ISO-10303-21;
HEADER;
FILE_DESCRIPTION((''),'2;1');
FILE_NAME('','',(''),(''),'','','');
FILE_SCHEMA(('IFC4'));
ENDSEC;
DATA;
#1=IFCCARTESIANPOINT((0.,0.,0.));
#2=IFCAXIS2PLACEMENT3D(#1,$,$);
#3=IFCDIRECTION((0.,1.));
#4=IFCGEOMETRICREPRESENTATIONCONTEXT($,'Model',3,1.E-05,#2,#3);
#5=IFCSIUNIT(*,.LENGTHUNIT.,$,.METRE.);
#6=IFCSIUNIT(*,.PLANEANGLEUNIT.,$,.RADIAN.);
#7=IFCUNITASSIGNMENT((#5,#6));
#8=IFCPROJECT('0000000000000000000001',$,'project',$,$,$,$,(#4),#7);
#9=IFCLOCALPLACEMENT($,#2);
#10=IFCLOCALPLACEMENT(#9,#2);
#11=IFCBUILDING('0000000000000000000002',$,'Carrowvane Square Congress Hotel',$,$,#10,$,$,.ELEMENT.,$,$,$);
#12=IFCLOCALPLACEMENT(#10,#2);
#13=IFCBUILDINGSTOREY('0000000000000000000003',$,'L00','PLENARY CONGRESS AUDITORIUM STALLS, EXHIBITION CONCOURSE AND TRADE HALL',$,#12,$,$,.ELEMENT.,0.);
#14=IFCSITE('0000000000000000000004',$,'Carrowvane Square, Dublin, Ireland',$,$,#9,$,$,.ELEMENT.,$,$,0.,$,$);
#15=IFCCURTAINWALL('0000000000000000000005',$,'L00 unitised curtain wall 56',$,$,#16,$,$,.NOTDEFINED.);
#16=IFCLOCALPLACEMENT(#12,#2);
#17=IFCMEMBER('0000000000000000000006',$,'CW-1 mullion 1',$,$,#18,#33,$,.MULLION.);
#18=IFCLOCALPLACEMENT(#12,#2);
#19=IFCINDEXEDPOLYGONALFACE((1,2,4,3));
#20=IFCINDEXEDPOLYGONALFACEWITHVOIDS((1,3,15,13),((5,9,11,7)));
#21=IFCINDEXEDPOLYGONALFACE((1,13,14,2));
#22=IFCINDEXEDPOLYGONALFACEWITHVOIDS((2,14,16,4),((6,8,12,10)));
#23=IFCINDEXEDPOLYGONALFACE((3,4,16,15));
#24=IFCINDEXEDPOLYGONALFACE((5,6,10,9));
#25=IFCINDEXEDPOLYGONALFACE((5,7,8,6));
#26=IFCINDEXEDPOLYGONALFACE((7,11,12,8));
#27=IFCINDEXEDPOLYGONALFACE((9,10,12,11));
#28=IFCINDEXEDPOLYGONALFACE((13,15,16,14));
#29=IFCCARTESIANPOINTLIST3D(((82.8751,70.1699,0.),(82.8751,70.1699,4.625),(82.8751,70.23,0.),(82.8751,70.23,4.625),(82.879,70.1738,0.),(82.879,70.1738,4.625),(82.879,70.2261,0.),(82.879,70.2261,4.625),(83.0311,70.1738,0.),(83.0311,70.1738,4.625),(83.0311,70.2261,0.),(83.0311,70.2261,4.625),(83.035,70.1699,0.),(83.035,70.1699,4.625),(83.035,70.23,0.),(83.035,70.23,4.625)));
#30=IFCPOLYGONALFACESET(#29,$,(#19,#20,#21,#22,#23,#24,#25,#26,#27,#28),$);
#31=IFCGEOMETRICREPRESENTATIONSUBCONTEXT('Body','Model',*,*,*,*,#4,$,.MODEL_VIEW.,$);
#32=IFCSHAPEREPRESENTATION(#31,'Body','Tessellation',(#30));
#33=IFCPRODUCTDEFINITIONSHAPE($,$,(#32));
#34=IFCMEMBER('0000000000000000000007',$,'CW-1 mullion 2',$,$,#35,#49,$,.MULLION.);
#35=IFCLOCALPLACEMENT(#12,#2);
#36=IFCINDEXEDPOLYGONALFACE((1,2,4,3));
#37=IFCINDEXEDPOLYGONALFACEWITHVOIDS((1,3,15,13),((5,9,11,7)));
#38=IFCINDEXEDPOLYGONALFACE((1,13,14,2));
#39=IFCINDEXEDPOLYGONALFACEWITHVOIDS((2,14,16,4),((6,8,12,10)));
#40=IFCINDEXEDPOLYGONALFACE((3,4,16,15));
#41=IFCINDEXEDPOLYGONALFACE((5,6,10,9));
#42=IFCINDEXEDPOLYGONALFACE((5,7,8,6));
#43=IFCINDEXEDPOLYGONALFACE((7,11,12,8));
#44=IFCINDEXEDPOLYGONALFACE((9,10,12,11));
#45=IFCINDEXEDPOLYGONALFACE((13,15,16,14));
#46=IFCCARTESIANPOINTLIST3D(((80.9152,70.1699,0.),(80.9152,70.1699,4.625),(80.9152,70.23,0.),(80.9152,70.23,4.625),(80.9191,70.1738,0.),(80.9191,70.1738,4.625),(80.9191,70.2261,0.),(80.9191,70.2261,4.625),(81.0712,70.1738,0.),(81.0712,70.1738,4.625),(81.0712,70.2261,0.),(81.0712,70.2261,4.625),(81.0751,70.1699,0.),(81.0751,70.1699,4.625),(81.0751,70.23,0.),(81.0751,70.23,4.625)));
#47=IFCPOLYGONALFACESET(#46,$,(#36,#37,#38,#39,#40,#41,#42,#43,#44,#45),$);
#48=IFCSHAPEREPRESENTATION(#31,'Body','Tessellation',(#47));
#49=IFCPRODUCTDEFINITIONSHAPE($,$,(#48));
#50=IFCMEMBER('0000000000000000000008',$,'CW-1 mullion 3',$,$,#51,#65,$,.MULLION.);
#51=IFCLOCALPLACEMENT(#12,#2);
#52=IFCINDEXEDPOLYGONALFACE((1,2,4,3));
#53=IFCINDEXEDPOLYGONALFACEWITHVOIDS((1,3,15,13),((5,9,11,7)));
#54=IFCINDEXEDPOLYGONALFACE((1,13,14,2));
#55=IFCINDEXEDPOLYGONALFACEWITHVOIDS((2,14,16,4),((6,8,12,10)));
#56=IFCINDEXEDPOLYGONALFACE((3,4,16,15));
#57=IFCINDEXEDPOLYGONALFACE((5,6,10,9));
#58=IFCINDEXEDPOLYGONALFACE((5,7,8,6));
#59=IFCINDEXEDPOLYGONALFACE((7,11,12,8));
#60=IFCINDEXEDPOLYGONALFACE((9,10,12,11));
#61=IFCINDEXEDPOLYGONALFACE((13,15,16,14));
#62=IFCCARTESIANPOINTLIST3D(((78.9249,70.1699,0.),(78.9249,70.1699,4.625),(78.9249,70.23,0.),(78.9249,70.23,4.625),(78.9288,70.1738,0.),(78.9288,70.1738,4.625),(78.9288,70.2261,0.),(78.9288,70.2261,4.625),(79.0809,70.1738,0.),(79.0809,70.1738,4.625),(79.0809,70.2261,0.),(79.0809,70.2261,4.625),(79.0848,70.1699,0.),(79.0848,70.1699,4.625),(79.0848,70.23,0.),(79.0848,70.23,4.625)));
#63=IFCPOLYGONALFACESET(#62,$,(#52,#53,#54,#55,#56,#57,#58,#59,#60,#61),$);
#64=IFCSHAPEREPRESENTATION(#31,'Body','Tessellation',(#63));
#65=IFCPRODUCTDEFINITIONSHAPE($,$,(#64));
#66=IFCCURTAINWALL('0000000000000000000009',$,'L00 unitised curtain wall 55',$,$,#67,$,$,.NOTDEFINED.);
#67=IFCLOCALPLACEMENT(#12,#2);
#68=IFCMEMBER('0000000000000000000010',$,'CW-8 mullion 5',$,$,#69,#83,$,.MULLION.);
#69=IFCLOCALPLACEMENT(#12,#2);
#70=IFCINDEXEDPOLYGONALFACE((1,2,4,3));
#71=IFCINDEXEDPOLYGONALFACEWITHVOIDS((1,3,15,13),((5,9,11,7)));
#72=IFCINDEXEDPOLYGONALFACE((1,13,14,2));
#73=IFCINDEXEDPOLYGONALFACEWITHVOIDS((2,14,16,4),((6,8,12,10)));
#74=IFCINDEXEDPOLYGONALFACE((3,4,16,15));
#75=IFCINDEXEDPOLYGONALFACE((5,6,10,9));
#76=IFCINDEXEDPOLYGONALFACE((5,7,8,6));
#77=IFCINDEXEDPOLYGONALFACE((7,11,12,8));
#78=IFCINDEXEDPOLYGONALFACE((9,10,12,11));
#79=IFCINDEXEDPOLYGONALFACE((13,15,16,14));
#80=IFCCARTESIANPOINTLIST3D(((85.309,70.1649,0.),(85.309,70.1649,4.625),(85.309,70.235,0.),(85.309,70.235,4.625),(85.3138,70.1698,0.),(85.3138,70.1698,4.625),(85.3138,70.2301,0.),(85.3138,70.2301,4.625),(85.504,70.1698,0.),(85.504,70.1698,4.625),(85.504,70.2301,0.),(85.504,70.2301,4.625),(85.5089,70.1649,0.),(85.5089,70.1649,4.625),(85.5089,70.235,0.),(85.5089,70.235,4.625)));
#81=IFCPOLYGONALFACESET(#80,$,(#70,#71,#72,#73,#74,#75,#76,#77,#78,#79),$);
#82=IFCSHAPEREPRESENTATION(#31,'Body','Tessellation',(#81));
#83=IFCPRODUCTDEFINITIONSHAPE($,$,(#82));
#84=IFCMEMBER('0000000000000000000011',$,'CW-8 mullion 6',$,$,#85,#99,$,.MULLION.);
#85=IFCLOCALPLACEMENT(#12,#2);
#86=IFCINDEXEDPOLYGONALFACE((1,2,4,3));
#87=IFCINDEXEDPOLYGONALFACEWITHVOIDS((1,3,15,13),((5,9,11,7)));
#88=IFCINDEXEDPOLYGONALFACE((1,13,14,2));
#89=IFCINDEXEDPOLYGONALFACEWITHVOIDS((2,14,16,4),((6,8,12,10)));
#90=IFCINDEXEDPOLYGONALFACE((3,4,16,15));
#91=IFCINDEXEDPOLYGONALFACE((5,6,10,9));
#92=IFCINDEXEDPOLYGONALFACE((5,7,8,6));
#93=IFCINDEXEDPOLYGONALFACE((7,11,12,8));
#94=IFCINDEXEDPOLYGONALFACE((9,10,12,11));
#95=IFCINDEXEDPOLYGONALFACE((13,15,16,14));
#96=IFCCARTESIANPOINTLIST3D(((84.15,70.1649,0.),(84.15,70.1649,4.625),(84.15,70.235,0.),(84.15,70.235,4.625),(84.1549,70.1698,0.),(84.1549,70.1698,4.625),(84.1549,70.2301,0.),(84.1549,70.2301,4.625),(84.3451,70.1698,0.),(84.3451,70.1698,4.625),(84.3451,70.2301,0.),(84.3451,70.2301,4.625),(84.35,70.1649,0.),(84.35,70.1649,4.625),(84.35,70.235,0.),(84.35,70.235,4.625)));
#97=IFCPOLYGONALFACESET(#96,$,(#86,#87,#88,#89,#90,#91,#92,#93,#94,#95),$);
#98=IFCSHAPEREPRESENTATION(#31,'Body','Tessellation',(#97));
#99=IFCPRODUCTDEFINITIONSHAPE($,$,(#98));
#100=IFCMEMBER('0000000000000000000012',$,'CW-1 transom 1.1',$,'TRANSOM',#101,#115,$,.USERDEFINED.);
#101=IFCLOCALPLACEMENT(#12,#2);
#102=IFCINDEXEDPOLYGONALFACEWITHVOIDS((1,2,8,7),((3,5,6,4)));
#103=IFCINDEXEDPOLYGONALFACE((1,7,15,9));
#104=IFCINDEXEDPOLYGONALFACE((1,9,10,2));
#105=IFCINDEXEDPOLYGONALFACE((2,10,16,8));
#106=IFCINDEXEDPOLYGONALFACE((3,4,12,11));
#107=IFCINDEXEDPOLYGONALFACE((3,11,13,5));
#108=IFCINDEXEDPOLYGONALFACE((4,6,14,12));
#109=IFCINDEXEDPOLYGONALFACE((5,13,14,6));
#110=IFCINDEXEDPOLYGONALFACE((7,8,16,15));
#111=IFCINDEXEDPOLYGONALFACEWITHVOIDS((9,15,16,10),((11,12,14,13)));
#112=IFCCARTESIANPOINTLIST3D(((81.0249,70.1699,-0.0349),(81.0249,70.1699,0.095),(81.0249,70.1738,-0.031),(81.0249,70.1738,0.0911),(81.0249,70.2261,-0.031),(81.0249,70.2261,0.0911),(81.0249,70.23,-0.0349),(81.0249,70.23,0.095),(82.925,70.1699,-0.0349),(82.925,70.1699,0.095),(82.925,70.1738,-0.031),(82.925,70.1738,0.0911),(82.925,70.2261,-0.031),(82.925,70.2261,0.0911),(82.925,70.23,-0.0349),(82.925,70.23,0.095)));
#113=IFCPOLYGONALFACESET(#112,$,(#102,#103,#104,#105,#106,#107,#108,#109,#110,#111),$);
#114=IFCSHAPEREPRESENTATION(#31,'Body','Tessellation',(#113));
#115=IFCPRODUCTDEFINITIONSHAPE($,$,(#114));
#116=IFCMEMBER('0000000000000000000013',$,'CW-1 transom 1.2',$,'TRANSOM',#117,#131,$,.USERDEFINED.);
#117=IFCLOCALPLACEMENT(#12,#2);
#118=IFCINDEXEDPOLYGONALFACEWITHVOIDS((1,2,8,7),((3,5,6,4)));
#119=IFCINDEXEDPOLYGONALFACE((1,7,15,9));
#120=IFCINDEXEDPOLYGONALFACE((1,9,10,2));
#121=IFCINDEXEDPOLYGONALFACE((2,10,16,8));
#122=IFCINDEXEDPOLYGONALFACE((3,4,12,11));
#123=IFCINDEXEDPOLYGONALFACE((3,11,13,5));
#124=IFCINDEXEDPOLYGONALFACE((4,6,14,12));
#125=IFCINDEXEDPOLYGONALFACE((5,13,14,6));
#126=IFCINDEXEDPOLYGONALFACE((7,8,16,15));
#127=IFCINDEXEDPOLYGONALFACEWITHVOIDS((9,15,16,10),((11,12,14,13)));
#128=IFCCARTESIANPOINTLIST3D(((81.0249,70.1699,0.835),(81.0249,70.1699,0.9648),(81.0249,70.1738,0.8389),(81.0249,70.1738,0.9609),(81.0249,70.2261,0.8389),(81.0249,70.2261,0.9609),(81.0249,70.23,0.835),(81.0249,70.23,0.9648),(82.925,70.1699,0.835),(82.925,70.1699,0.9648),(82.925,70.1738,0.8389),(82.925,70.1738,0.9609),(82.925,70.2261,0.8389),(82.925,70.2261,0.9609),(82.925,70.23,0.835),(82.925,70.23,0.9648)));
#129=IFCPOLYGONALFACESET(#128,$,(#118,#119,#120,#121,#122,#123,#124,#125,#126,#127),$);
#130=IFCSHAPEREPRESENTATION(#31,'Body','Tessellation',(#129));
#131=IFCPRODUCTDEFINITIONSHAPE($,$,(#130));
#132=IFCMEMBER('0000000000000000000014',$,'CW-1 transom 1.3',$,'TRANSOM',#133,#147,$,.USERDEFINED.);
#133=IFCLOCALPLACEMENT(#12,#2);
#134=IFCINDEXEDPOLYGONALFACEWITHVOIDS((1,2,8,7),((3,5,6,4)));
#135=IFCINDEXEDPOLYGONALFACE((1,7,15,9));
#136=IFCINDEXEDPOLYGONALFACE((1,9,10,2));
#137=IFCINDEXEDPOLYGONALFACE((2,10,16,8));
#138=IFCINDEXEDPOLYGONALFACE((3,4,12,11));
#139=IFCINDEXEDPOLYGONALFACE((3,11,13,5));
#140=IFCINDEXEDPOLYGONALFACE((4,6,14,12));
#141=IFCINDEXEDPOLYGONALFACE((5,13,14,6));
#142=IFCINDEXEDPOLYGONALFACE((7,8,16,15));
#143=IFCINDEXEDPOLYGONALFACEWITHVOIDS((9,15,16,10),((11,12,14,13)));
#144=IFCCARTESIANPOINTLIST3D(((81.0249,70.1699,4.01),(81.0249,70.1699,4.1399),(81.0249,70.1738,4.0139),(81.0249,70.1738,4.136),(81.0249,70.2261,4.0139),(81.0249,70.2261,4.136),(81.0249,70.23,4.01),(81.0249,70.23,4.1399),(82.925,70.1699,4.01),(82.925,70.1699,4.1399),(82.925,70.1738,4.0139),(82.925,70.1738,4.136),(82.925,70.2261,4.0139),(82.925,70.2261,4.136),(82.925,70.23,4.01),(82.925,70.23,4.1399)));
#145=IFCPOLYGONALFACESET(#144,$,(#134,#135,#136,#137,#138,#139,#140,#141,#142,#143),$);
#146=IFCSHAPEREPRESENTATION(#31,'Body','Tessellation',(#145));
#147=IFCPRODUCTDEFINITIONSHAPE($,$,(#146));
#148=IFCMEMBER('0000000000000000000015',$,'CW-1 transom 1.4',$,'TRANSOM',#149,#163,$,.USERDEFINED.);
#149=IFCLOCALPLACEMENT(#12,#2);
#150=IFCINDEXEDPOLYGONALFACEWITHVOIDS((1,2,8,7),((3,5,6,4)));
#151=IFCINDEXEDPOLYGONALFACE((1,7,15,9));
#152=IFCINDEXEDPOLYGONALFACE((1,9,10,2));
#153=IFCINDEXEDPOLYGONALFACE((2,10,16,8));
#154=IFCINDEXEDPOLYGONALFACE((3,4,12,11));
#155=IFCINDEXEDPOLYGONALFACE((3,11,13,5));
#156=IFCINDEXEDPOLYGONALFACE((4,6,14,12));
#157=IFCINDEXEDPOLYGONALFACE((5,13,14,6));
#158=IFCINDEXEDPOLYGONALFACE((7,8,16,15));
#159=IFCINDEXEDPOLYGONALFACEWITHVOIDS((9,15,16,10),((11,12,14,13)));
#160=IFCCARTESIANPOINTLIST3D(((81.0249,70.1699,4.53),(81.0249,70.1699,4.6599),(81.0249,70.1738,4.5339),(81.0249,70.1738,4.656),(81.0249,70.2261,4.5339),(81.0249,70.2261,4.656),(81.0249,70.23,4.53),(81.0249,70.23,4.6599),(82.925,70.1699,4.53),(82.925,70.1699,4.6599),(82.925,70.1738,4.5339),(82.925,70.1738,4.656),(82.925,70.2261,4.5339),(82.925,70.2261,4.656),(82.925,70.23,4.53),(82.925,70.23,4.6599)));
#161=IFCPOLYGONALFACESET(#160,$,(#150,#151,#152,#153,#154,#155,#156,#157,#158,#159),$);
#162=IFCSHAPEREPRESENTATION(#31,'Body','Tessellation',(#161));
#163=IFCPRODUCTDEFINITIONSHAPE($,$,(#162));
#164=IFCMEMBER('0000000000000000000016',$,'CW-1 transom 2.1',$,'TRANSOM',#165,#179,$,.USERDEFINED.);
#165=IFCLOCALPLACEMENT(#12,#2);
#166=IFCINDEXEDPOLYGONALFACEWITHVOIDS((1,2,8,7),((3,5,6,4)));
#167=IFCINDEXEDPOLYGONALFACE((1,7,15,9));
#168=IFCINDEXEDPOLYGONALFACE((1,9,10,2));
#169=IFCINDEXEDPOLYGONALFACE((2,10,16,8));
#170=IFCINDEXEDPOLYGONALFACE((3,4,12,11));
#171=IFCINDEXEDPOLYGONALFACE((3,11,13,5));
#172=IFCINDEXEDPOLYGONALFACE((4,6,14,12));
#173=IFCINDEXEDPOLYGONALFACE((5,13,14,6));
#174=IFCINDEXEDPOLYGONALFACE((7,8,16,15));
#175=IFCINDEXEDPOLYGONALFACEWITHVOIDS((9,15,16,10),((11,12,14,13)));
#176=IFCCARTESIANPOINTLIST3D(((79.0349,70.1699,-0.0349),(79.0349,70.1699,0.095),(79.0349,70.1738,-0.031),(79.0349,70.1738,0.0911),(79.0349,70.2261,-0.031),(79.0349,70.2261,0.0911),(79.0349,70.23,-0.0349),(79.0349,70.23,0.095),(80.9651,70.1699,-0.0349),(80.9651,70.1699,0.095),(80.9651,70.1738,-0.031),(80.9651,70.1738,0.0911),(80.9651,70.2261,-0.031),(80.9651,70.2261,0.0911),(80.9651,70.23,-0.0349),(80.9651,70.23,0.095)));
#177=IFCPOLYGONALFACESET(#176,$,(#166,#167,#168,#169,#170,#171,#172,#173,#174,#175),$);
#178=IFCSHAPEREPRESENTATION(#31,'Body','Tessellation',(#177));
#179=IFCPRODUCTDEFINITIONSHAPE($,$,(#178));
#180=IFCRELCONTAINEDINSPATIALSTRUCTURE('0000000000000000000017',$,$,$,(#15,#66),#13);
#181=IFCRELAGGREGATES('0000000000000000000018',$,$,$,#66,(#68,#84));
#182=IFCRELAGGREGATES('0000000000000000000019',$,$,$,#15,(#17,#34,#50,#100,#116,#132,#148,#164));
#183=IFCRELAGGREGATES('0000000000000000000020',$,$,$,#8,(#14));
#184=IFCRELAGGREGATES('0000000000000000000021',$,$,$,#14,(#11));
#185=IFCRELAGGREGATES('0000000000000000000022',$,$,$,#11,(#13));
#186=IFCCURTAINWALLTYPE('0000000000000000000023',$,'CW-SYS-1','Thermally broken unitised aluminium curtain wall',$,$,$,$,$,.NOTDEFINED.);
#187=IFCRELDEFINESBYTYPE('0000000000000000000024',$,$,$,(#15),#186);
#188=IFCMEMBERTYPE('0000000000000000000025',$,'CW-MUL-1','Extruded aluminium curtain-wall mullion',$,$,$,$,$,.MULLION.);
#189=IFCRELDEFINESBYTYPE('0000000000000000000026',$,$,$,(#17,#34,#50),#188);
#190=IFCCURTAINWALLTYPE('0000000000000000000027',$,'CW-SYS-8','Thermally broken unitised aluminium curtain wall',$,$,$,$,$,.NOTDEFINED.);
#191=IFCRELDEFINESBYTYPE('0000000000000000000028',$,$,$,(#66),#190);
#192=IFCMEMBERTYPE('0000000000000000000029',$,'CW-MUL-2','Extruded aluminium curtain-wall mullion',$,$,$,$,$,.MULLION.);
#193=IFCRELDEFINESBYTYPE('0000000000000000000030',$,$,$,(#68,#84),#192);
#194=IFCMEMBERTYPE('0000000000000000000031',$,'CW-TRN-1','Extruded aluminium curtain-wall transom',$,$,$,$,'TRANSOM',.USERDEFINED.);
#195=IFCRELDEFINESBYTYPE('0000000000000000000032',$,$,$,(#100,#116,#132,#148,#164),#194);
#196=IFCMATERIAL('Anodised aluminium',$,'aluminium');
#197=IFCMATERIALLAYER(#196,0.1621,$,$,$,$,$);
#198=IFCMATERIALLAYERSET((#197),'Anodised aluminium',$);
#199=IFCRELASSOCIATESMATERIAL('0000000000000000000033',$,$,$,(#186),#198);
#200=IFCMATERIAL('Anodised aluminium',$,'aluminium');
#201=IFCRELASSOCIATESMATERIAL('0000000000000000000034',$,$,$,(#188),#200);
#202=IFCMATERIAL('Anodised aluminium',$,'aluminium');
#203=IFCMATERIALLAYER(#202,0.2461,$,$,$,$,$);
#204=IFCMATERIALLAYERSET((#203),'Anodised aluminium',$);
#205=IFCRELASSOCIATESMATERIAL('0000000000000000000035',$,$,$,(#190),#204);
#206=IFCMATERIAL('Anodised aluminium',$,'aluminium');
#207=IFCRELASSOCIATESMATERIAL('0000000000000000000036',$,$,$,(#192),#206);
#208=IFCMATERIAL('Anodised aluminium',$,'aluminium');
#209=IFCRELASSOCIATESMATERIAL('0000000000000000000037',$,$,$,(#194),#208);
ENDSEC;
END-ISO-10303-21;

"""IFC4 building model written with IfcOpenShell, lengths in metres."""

from ifc_helpers import new_model, si_unit, direction, frame, origin, origin_2d, place, context, subcontext, project, spatial, hollow_rectangle, extrude, material, layer, layer_set, material_profile, profile_set, type_object, element, aggregate, save


model = new_model("IFC4")

# Units and contexts
model_context = context("Model", 3, precision=1e-05, world=origin(), true_north=direction((0.0, 1.0)))
body_context = subcontext(model_context, "Body", "Model", "MODEL_VIEW")
ifc_project = project(units=[si_unit("LENGTHUNIT", "METRE"), si_unit("PLANEANGLEUNIT", "RADIAN")], contexts=[model_context])

# Site, building, storey
site_placement = place(None, origin())
site = spatial("IfcSite", under=ifc_project, at=site_placement, Name="Carrowvane Square, Dublin, Ireland", CompositionType="ELEMENT", RefElevation=0.0)
building_placement = place(site_placement, origin())
building = spatial("IfcBuilding", under=site, at=building_placement, Name="Carrowvane Square Congress Hotel", CompositionType="ELEMENT")
storey_placement = place(building_placement, origin())
storey = spatial("IfcBuildingStorey", under=building, at=storey_placement, Name="L00", Description="PLENARY CONGRESS AUDITORIUM STALLS, EXHIBITION CONCOURSE AND TRADE HALL", CompositionType="ELEMENT", Elevation=0.0)

# Curtain walls, members
ifc_material_1 = material(Name="Anodised aluminium", Category="aluminium")
ifc_layer_1 = layer(ifc_material_1, 0.1621)
ifc_layer_set_1 = layer_set([ifc_layer_1], Name="Anodised aluminium")
curtain_wall_type_1 = type_object("IfcCurtainWallType", Name="CW-SYS-1", Description="Thermally broken unitised aluminium curtain wall", PredefinedType="NOTDEFINED", material=ifc_layer_set_1)
curtain_wall_1_placement = place(storey_placement, origin())
curtain_wall_1 = element("IfcCurtainWall", 1, at=curtain_wall_1_placement, inside=storey, type_object=curtain_wall_type_1, Name="L00 unitised curtain wall 56", PredefinedType="NOTDEFINED")
ifc_material_2 = material(Name="Anodised aluminium", Category="aluminium")
ifc_material_profile_1 = material_profile(ifc_material_2, hollow_rectangle(XDim=0.0601, YDim=0.1599, WallThickness=0.0039, at=origin_2d()), Name="CW-ML 60x160x4")
ifc_profile_set_1 = profile_set([ifc_material_profile_1], Name="Anodised aluminium")
member_type_1 = type_object("IfcMemberType", Name="CW-MUL-1", Description="Extruded aluminium curtain-wall mullion", PredefinedType="MULLION", material=ifc_profile_set_1)
member_1_placement = place(storey_placement, frame((82.9551, 70.2, 0.0), z_axis=(0.0, 0.0, 1.0), x_axis=(0.0, -1.0, 0.0)))
member_1 = element("IfcMember", 2, at=member_1_placement, type_object=member_type_1, Name="CW-1 mullion 1", PredefinedType="MULLION", context=body_context, shape_type="SweptSolid", body=[
    extrude(hollow_rectangle(XDim=0.0601, YDim=0.1599, WallThickness=0.0039, at=origin_2d()), origin(), (0.0, 0.0, 1.0), 4.625),
])
member_2_placement = place(storey_placement, frame((80.9951, 70.2, 0.0), z_axis=(0.0, 0.0, 1.0), x_axis=(0.0, -1.0, 0.0)))
member_2 = element("IfcMember", 3, at=member_2_placement, type_object=member_type_1, Name="CW-1 mullion 2", PredefinedType="MULLION", context=body_context, shape_type="SweptSolid", body=[
    extrude(hollow_rectangle(XDim=0.0601, YDim=0.1599, WallThickness=0.0039, at=origin_2d()), origin(), (0.0, 0.0, 1.0), 4.625),
])
member_3_placement = place(storey_placement, frame((79.0049, 70.2, 0.0), z_axis=(0.0, 0.0, 1.0), x_axis=(0.0, -1.0, 0.0)))
member_3 = element("IfcMember", 4, at=member_3_placement, type_object=member_type_1, Name="CW-1 mullion 3", PredefinedType="MULLION", context=body_context, shape_type="SweptSolid", body=[
    extrude(hollow_rectangle(XDim=0.0601, YDim=0.1599, WallThickness=0.0039, at=origin_2d()), origin(), (0.0, 0.0, 1.0), 4.625),
])
ifc_material_3 = material(Name="Anodised aluminium", Category="aluminium")
ifc_layer_2 = layer(ifc_material_3, 0.2461)
ifc_layer_set_2 = layer_set([ifc_layer_2], Name="Anodised aluminium")
curtain_wall_type_2 = type_object("IfcCurtainWallType", Name="CW-SYS-8", Description="Thermally broken unitised aluminium curtain wall", PredefinedType="NOTDEFINED", material=ifc_layer_set_2)
curtain_wall_2_placement = place(storey_placement, origin())
curtain_wall_2 = element("IfcCurtainWall", 5, at=curtain_wall_2_placement, inside=storey, type_object=curtain_wall_type_2, Name="L00 unitised curtain wall 55", PredefinedType="NOTDEFINED")
ifc_material_4 = material(Name="Anodised aluminium", Category="aluminium")
ifc_material_profile_2 = material_profile(ifc_material_4, hollow_rectangle(XDim=0.0701, YDim=0.2, WallThickness=0.0049, at=origin_2d()), Name="CW-ML 70x200x5")
ifc_profile_set_2 = profile_set([ifc_material_profile_2], Name="Anodised aluminium")
member_type_2 = type_object("IfcMemberType", Name="CW-MUL-2", Description="Extruded aluminium curtain-wall mullion", PredefinedType="MULLION", material=ifc_profile_set_2)
member_4_placement = place(storey_placement, frame((85.4089, 70.2, 0.0), z_axis=(0.0, 0.0, 1.0), x_axis=(0.0, -1.0, 0.0)))
member_4 = element("IfcMember", 6, at=member_4_placement, type_object=member_type_2, Name="CW-8 mullion 5", PredefinedType="MULLION", context=body_context, shape_type="SweptSolid", body=[
    extrude(hollow_rectangle(XDim=0.0701, YDim=0.2, WallThickness=0.0049, at=origin_2d()), origin(), (0.0, 0.0, 1.0), 4.625),
])
member_5_placement = place(storey_placement, frame((84.25, 70.2, 0.0), z_axis=(0.0, 0.0, 1.0), x_axis=(0.0, -1.0, 0.0)))
member_5 = element("IfcMember", 7, at=member_5_placement, type_object=member_type_2, Name="CW-8 mullion 6", PredefinedType="MULLION", context=body_context, shape_type="SweptSolid", body=[
    extrude(hollow_rectangle(XDim=0.0701, YDim=0.2, WallThickness=0.0049, at=origin_2d()), origin(), (0.0, 0.0, 1.0), 4.625),
])

# Members
ifc_material_5 = material(Name="Anodised aluminium", Category="aluminium")
ifc_material_profile_3 = material_profile(ifc_material_5, hollow_rectangle(XDim=0.0601, YDim=0.1299, WallThickness=0.0039, at=origin_2d()), Name="CW-TR 60x130x4")
ifc_profile_set_3 = profile_set([ifc_material_profile_3], Name="Anodised aluminium")
member_type_3 = type_object("IfcMemberType", Name="CW-TRN-1", Description="Extruded aluminium curtain-wall transom", ElementType="TRANSOM", PredefinedType="USERDEFINED", material=ifc_profile_set_3)
member_6_placement = place(storey_placement, frame((82.925, 70.2, 0.03), z_axis=(-1.0, 0.0, 0.0), x_axis=(0.0, -1.0, 0.0)))
member_6 = element("IfcMember", 8, at=member_6_placement, type_object=member_type_3, Name="CW-1 transom 1.1", ObjectType="TRANSOM", PredefinedType="USERDEFINED", context=body_context, shape_type="SweptSolid", body=[
    extrude(hollow_rectangle(XDim=0.0601, YDim=0.1299, WallThickness=0.0039, at=origin_2d()), origin(), (0.0, 0.0, 1.0), 1.9001),
])
member_7_placement = place(storey_placement, frame((82.925, 70.2, 0.8999), z_axis=(-1.0, 0.0, 0.0), x_axis=(0.0, -1.0, 0.0)))
member_7 = element("IfcMember", 9, at=member_7_placement, type_object=member_type_3, Name="CW-1 transom 1.2", ObjectType="TRANSOM", PredefinedType="USERDEFINED", context=body_context, shape_type="SweptSolid", body=[
    extrude(hollow_rectangle(XDim=0.0601, YDim=0.1299, WallThickness=0.0039, at=origin_2d()), origin(), (0.0, 0.0, 1.0), 1.9001),
])
member_8_placement = place(storey_placement, frame((82.925, 70.2, 4.075), z_axis=(-1.0, 0.0, 0.0), x_axis=(0.0, -1.0, 0.0)))
member_8 = element("IfcMember", 10, at=member_8_placement, type_object=member_type_3, Name="CW-1 transom 1.3", ObjectType="TRANSOM", PredefinedType="USERDEFINED", context=body_context, shape_type="SweptSolid", body=[
    extrude(hollow_rectangle(XDim=0.0601, YDim=0.1299, WallThickness=0.0039, at=origin_2d()), origin(), (0.0, 0.0, 1.0), 1.9001),
])
member_9_placement = place(storey_placement, frame((82.925, 70.2, 4.595), z_axis=(-1.0, 0.0, 0.0), x_axis=(0.0, -1.0, 0.0)))
member_9 = element("IfcMember", 11, at=member_9_placement, type_object=member_type_3, Name="CW-1 transom 1.4", ObjectType="TRANSOM", PredefinedType="USERDEFINED", context=body_context, shape_type="SweptSolid", body=[
    extrude(hollow_rectangle(XDim=0.0601, YDim=0.1299, WallThickness=0.0039, at=origin_2d()), origin(), (0.0, 0.0, 1.0), 1.9001),
])
member_10_placement = place(storey_placement, frame((80.9651, 70.2, 0.03), z_axis=(-1.0, 0.0, 0.0), x_axis=(0.0, -1.0, 0.0)))
member_10 = element("IfcMember", 12, at=member_10_placement, type_object=member_type_3, Name="CW-1 transom 2.1", ObjectType="TRANSOM", PredefinedType="USERDEFINED", context=body_context, shape_type="SweptSolid", body=[
    extrude(hollow_rectangle(XDim=0.0601, YDim=0.1299, WallThickness=0.0039, at=origin_2d()), origin(), (0.0, 0.0, 1.0), 1.9302),
])

aggregate(curtain_wall_2, [member_4, member_5])
aggregate(curtain_wall_1, [member_1, member_2, member_3, member_6, member_7, member_8, member_9, member_10])

save(model, "model.ifc")
